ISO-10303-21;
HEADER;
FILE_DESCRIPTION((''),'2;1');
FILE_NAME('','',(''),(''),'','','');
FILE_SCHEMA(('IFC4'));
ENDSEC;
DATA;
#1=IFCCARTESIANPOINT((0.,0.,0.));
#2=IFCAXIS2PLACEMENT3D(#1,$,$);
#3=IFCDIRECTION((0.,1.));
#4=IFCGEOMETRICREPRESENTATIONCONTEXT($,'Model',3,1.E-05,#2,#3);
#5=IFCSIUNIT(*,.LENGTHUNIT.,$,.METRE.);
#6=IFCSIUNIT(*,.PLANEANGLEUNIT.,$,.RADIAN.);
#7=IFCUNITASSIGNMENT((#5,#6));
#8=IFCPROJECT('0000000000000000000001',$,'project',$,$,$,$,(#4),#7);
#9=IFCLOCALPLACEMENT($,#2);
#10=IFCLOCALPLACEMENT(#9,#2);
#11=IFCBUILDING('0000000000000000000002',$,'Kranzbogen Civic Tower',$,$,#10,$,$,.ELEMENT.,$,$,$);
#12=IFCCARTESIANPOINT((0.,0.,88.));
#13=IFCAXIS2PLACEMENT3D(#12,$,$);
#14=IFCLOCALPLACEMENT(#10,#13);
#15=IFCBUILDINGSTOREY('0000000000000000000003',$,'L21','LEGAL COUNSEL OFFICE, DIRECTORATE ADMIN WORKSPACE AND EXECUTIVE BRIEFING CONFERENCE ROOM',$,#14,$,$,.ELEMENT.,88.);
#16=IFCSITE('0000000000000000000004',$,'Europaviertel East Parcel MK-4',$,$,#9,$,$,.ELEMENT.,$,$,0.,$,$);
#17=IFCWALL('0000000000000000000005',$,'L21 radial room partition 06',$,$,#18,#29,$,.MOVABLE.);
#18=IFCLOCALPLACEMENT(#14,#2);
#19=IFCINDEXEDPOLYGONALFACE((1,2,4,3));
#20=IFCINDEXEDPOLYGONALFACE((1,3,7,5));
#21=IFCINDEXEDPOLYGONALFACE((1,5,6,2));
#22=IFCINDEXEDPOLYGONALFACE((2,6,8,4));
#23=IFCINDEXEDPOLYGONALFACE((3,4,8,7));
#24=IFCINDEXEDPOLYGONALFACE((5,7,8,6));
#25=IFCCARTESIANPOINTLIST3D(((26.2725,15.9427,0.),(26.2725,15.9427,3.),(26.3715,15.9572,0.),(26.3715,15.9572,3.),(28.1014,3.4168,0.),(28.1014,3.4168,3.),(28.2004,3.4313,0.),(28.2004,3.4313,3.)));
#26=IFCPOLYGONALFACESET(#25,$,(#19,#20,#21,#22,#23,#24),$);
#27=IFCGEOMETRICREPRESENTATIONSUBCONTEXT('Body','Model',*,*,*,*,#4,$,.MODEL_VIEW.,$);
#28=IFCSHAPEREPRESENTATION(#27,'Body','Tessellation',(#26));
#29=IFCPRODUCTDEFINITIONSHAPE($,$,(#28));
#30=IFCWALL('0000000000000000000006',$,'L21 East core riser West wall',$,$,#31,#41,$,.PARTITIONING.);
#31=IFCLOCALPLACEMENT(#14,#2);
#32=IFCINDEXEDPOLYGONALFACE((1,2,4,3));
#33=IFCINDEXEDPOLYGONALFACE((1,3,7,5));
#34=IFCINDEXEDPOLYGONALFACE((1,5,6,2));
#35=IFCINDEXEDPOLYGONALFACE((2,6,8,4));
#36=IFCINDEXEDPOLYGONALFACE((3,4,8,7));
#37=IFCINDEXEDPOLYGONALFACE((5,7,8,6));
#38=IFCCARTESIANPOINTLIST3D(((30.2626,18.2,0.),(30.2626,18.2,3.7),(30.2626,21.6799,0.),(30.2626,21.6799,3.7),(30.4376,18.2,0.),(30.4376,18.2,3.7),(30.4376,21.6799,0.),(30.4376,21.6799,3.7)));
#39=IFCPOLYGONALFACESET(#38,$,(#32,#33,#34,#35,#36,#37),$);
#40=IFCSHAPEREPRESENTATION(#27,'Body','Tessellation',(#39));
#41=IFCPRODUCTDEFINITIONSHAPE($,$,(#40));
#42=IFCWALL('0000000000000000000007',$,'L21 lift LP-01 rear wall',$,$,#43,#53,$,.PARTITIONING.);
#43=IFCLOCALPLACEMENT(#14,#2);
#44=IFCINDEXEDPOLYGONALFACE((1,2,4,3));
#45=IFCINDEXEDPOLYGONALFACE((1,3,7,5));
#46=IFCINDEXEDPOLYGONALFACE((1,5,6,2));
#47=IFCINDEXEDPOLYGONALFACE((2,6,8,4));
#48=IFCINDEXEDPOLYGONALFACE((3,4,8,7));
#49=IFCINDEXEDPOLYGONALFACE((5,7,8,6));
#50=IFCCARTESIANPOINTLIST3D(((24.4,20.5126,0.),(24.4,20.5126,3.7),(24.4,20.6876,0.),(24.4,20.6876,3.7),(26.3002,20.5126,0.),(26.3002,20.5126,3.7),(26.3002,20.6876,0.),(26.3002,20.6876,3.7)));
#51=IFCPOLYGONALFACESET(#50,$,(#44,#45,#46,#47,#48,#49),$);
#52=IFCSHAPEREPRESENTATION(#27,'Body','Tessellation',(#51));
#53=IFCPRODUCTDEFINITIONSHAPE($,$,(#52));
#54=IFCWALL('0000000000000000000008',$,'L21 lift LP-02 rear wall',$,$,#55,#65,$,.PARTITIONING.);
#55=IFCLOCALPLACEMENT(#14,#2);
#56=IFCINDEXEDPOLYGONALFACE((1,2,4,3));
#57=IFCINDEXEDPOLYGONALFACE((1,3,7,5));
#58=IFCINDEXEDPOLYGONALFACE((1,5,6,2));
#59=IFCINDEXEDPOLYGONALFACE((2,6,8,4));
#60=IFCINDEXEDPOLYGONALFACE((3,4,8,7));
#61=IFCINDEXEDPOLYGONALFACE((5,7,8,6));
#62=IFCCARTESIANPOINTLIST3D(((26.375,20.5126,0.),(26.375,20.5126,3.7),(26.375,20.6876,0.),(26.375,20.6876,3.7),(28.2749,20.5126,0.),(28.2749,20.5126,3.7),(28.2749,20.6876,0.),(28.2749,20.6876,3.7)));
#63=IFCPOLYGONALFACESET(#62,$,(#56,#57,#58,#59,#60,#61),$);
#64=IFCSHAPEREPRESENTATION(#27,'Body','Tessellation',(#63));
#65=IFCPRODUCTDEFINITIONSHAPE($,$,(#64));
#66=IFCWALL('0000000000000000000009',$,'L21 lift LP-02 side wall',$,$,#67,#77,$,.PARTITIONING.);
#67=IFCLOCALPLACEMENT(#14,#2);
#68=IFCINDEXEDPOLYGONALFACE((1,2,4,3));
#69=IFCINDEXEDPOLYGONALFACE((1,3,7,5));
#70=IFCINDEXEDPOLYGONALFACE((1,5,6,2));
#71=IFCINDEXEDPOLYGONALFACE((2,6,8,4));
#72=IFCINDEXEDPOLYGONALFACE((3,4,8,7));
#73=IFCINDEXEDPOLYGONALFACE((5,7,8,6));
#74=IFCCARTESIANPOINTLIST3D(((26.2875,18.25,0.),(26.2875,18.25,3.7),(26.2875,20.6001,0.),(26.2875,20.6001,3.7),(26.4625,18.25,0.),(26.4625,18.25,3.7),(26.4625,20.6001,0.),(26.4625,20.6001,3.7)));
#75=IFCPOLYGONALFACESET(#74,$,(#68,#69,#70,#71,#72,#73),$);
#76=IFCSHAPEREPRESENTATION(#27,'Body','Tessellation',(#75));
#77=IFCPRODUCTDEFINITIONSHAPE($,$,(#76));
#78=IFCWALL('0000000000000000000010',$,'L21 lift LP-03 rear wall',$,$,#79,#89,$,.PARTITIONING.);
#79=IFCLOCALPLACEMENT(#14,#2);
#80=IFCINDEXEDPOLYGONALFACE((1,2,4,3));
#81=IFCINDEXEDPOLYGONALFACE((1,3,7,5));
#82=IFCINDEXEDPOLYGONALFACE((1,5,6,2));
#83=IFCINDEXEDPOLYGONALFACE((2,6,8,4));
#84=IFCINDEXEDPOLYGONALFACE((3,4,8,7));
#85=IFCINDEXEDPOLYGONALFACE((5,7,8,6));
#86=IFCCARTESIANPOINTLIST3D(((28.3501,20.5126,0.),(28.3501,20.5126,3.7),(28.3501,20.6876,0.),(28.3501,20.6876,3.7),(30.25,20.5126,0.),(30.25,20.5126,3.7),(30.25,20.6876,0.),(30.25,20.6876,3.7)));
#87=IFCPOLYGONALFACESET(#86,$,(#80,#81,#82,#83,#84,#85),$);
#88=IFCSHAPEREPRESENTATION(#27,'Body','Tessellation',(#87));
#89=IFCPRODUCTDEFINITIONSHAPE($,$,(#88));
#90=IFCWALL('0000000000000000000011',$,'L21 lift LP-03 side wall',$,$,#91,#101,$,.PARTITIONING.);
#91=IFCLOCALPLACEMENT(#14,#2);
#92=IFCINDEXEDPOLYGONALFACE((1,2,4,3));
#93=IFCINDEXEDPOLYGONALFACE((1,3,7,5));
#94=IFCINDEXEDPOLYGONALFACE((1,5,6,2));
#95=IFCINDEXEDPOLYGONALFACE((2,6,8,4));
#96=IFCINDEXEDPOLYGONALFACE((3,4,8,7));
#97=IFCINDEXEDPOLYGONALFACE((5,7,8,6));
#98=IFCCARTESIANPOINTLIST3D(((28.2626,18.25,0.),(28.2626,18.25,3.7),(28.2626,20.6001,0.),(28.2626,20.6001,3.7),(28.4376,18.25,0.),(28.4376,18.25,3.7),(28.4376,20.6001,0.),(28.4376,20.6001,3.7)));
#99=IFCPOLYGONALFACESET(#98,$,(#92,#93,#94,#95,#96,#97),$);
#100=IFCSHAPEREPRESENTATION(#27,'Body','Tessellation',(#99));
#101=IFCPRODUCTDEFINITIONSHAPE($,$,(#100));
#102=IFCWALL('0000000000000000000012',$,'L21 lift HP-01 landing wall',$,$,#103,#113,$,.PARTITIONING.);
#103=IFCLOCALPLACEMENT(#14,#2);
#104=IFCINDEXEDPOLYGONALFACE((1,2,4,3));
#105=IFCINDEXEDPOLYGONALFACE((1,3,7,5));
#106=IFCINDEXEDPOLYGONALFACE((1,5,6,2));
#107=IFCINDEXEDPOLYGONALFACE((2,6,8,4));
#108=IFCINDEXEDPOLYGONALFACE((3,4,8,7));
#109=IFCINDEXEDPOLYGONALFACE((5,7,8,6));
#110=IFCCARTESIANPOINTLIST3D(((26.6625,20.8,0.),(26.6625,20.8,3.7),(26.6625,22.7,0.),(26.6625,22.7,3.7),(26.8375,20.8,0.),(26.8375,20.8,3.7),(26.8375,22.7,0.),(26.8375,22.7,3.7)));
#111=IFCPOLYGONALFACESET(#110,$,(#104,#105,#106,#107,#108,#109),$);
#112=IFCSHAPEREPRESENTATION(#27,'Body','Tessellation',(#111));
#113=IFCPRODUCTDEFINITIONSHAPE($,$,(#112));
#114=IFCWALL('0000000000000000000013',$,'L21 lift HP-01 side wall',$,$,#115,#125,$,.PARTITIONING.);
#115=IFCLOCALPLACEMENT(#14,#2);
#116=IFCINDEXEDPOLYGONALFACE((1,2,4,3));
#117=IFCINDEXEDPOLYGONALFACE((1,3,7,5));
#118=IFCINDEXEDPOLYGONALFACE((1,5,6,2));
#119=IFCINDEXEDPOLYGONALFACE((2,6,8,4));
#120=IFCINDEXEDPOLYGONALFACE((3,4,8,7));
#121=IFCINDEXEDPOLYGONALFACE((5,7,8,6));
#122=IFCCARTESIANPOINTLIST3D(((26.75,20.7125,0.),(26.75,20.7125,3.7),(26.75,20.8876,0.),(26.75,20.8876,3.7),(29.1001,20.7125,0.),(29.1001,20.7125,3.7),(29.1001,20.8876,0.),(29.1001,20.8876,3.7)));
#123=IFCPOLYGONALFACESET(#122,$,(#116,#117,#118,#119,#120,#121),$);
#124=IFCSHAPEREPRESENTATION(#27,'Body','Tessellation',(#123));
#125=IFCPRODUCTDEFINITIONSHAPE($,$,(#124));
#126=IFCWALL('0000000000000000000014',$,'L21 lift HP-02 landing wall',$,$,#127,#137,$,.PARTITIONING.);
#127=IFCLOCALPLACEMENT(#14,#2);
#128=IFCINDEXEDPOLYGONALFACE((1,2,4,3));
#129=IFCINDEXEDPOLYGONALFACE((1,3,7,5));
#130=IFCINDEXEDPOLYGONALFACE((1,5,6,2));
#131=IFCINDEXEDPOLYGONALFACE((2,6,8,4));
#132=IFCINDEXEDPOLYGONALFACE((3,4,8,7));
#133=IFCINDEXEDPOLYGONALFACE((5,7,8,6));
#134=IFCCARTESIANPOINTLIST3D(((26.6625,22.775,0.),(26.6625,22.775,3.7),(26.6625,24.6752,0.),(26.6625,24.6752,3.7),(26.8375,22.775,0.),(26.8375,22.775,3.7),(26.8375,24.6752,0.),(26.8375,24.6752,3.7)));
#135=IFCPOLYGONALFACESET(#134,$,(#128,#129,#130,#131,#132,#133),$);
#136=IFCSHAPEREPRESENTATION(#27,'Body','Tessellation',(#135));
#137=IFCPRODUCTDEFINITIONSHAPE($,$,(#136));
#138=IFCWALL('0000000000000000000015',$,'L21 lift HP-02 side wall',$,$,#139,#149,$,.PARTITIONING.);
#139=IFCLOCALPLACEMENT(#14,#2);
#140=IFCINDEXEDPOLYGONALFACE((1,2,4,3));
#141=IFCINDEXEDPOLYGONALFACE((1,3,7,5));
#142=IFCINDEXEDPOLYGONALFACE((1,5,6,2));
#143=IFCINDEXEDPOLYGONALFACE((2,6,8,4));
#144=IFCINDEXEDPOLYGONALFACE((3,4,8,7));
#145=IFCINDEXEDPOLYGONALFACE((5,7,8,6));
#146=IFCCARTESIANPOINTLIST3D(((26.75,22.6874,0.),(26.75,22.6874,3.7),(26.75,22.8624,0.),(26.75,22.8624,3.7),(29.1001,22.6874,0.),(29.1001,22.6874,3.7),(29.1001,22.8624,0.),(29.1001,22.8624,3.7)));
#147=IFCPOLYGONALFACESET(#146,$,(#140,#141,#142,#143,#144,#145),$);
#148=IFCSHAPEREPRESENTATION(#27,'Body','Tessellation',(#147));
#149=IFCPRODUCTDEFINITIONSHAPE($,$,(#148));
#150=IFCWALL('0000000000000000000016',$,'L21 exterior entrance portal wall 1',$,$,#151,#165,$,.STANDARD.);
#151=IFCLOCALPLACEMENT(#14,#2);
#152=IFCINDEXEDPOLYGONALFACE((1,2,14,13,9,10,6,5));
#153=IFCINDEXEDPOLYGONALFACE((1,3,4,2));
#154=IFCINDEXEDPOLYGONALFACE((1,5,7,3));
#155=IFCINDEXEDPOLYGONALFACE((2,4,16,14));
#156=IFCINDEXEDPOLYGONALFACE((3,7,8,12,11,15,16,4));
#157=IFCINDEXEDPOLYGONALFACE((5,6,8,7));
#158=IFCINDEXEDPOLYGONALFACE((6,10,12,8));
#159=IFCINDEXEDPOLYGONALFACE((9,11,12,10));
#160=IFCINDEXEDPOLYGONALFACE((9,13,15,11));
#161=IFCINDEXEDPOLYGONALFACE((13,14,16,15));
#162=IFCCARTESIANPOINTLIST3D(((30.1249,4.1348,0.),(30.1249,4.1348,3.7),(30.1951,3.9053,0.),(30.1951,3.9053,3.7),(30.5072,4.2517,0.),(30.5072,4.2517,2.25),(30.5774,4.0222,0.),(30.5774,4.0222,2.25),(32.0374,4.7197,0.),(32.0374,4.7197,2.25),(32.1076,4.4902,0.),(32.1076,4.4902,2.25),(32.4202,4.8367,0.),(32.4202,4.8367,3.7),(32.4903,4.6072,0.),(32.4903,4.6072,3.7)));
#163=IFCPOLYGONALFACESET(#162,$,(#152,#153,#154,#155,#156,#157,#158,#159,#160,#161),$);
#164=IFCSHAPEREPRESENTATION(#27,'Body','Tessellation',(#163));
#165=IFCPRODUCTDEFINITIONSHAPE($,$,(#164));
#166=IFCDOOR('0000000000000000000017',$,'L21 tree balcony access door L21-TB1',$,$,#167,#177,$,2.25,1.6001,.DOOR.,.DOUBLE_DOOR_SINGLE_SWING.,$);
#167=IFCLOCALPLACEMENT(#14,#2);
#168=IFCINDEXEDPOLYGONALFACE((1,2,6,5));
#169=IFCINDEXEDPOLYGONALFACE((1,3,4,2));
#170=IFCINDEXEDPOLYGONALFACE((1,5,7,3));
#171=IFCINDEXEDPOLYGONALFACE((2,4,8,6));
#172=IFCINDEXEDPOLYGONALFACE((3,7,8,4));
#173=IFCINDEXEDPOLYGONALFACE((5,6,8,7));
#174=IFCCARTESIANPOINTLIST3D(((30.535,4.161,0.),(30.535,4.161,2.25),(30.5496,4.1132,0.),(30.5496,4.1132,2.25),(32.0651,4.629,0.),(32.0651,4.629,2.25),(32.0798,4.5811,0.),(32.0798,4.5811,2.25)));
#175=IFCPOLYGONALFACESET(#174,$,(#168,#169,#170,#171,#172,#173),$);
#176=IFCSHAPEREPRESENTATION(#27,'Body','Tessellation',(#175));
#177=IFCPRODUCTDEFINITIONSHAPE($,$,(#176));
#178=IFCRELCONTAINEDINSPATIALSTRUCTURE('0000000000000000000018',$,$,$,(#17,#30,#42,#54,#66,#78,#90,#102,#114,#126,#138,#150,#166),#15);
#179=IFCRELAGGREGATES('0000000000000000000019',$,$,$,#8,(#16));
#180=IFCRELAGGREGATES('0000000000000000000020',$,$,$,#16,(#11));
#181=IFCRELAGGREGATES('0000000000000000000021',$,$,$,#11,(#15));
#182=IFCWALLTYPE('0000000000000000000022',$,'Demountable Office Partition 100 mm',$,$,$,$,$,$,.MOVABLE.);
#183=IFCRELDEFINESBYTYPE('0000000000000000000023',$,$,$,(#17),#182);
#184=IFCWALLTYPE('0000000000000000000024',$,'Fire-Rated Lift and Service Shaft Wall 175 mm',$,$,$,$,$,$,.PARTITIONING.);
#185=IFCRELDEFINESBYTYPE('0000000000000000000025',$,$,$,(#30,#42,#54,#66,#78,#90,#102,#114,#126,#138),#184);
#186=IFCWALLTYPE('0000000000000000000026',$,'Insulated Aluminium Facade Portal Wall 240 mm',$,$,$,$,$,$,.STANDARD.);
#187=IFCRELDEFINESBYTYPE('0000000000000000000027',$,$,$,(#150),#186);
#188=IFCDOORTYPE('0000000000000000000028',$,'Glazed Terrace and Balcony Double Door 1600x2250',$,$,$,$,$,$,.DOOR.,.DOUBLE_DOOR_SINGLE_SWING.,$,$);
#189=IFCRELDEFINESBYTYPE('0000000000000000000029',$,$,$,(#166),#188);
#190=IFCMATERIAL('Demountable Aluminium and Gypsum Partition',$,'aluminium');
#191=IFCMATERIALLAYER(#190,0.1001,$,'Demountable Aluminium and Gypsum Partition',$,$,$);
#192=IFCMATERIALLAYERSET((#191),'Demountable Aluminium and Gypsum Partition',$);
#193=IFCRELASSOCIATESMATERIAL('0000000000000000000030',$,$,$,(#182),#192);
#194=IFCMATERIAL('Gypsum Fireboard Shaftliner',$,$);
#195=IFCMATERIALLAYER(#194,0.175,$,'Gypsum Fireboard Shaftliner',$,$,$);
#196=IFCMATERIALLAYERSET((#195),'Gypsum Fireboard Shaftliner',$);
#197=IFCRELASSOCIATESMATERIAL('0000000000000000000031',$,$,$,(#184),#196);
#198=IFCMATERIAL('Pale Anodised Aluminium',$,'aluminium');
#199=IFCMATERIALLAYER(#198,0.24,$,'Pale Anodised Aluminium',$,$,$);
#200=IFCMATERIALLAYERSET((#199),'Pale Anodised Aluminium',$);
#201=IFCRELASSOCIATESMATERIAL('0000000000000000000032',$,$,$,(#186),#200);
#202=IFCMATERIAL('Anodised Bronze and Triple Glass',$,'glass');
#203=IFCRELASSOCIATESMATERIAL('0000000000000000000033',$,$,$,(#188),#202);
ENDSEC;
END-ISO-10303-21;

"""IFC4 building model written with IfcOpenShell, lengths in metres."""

from ifc_helpers import new_model, si_unit, direction, frame, frame_2d, origin, place, context, subcontext, project, spatial, rectangle, extrude, material, layer, layer_set, type_object, element, fill, save


model = new_model("IFC4")

# Units and contexts
model_context = context("Model", 3, precision=1e-05, world=origin(), true_north=direction((0.0, 1.0)))
body_context = subcontext(model_context, "Body", "Model", "MODEL_VIEW")
ifc_project = project(units=[si_unit("LENGTHUNIT", "METRE"), si_unit("PLANEANGLEUNIT", "RADIAN")], contexts=[model_context])

# Site, building, storey
site_placement = place(None, origin())
site = spatial("IfcSite", under=ifc_project, at=site_placement, Name="Europaviertel East Parcel MK-4", CompositionType="ELEMENT", RefElevation=0.0)
building_placement = place(site_placement, origin())
building = spatial("IfcBuilding", under=site, at=building_placement, Name="Kranzbogen Civic Tower", CompositionType="ELEMENT")
storey_placement = place(building_placement, frame((0.0, 0.0, 88.0)))
storey = spatial("IfcBuildingStorey", under=building, at=storey_placement, Name="L21", Description="LEGAL COUNSEL OFFICE, DIRECTORATE ADMIN WORKSPACE AND EXECUTIVE BRIEFING CONFERENCE ROOM", CompositionType="ELEMENT", Elevation=88.0)

# Shared definitions
ifc_material_1 = material(Name="Pale Anodised Aluminium", Category="aluminium")

# Walls
ifc_material_2 = material(Name="Demountable Aluminium and Gypsum Partition", Category="aluminium")
ifc_layer_1 = layer(ifc_material_2, 0.1001, Name="Demountable Aluminium and Gypsum Partition")
ifc_layer_set_1 = layer_set([ifc_layer_1], Name="Demountable Aluminium and Gypsum Partition")
wall_type_1 = type_object("IfcWallType", Name="Demountable Office Partition 100 mm", PredefinedType="MOVABLE", material=ifc_layer_set_1)
wall_1_placement = place(storey_placement, frame((26.322, 15.95, 0.0), z_axis=(0.0, 0.0, 1.0), x_axis=(0.144474, -0.989509, 0.0)))
element("IfcWall", 1, at=wall_1_placement, inside=storey, type_object=wall_type_1, Name="L21 radial room partition 06", PredefinedType="MOVABLE", context=body_context, shape_type="SweptSolid", body=[
    extrude(rectangle(XDim=12.6587, YDim=0.1001, at=frame_2d((6.3293, 0.0))), origin(), (0.0, 0.0, 1.0), 3.0),
])
ifc_material_3 = material(Name="Gypsum Fireboard Shaftliner")
ifc_layer_2 = layer(ifc_material_3, 0.175, Name="Gypsum Fireboard Shaftliner")
ifc_layer_set_2 = layer_set([ifc_layer_2], Name="Gypsum Fireboard Shaftliner")
wall_type_2 = type_object("IfcWallType", Name="Fire-Rated Lift and Service Shaft Wall 175 mm", PredefinedType="PARTITIONING", material=ifc_layer_set_2)
wall_2_placement = place(storey_placement, frame((30.3501, 18.2, 0.0), z_axis=(0.0, 0.0, 1.0), x_axis=(0.0, 1.0, 0.0)))
element("IfcWall", 2, at=wall_2_placement, inside=storey, type_object=wall_type_2, Name="L21 East core riser West wall", PredefinedType="PARTITIONING", context=body_context, shape_type="SweptSolid", body=[
    extrude(rectangle(XDim=3.48, YDim=0.175, at=frame_2d((1.74, 0.0))), origin(), (0.0, 0.0, 1.0), 3.7),
])
wall_3_placement = place(storey_placement, frame((24.3999, 20.6001, 0.0), z_axis=(0.0, 0.0, 1.0), x_axis=(1.0, 0.0, 0.0)))
element("IfcWall", 3, at=wall_3_placement, inside=storey, type_object=wall_type_2, Name="L21 lift LP-01 rear wall", PredefinedType="PARTITIONING", context=body_context, shape_type="SweptSolid", body=[
    extrude(rectangle(XDim=1.9001, YDim=0.175, at=frame_2d((0.9502, 0.0))), origin(), (0.0, 0.0, 1.0), 3.7),
])
wall_4_placement = place(storey_placement, frame((26.375, 20.6001, 0.0), z_axis=(0.0, 0.0, 1.0), x_axis=(1.0, 0.0, 0.0)))
element("IfcWall", 4, at=wall_4_placement, inside=storey, type_object=wall_type_2, Name="L21 lift LP-02 rear wall", PredefinedType="PARTITIONING", context=body_context, shape_type="SweptSolid", body=[
    extrude(rectangle(XDim=1.8999, YDim=0.175, at=frame_2d((0.95, 0.0))), origin(), (0.0, 0.0, 1.0), 3.7),
])
wall_5_placement = place(storey_placement, frame((26.375, 18.25, 0.0), z_axis=(0.0, 0.0, 1.0), x_axis=(0.0, 1.0, 0.0)))
element("IfcWall", 5, at=wall_5_placement, inside=storey, type_object=wall_type_2, Name="L21 lift LP-02 side wall", PredefinedType="PARTITIONING", context=body_context, shape_type="SweptSolid", body=[
    extrude(rectangle(XDim=2.3501, YDim=0.175, at=frame_2d((1.175, 0.0))), origin(), (0.0, 0.0, 1.0), 3.7),
])
wall_6_placement = place(storey_placement, frame((28.3501, 20.6001, 0.0), z_axis=(0.0, 0.0, 1.0), x_axis=(1.0, 0.0, 0.0)))
element("IfcWall", 6, at=wall_6_placement, inside=storey, type_object=wall_type_2, Name="L21 lift LP-03 rear wall", PredefinedType="PARTITIONING", context=body_context, shape_type="SweptSolid", body=[
    extrude(rectangle(XDim=1.8999, YDim=0.175, at=frame_2d((0.95, 0.0))), origin(), (0.0, 0.0, 1.0), 3.7),
])
wall_7_placement = place(storey_placement, frame((28.3501, 18.25, 0.0), z_axis=(0.0, 0.0, 1.0), x_axis=(0.0, 1.0, 0.0)))
element("IfcWall", 7, at=wall_7_placement, inside=storey, type_object=wall_type_2, Name="L21 lift LP-03 side wall", PredefinedType="PARTITIONING", context=body_context, shape_type="SweptSolid", body=[
    extrude(rectangle(XDim=2.3501, YDim=0.175, at=frame_2d((1.175, 0.0))), origin(), (0.0, 0.0, 1.0), 3.7),
])
wall_8_placement = place(storey_placement, frame((26.75, 20.8, 0.0), z_axis=(0.0, 0.0, 1.0), x_axis=(0.0, 1.0, 0.0)))
element("IfcWall", 8, at=wall_8_placement, inside=storey, type_object=wall_type_2, Name="L21 lift HP-01 landing wall", PredefinedType="PARTITIONING", context=body_context, shape_type="SweptSolid", body=[
    extrude(rectangle(XDim=1.8999, YDim=0.175, at=frame_2d((0.95, 0.0))), origin(), (0.0, 0.0, 1.0), 3.7),
])
wall_9_placement = place(storey_placement, frame((26.75, 20.8, 0.0), z_axis=(0.0, 0.0, 1.0), x_axis=(1.0, 0.0, 0.0)))
element("IfcWall", 9, at=wall_9_placement, inside=storey, type_object=wall_type_2, Name="L21 lift HP-01 side wall", PredefinedType="PARTITIONING", context=body_context, shape_type="SweptSolid", body=[
    extrude(rectangle(XDim=2.3501, YDim=0.175, at=frame_2d((1.175, 0.0))), origin(), (0.0, 0.0, 1.0), 3.7),
])
wall_10_placement = place(storey_placement, frame((26.75, 22.7749, 0.0), z_axis=(0.0, 0.0, 1.0), x_axis=(0.0, 1.0, 0.0)))
element("IfcWall", 10, at=wall_10_placement, inside=storey, type_object=wall_type_2, Name="L21 lift HP-02 landing wall", PredefinedType="PARTITIONING", context=body_context, shape_type="SweptSolid", body=[
    extrude(rectangle(XDim=1.9001, YDim=0.175, at=frame_2d((0.9502, 0.0))), origin(), (0.0, 0.0, 1.0), 3.7),
])
wall_11_placement = place(storey_placement, frame((26.75, 22.7749, 0.0), z_axis=(0.0, 0.0, 1.0), x_axis=(1.0, 0.0, 0.0)))
element("IfcWall", 11, at=wall_11_placement, inside=storey, type_object=wall_type_2, Name="L21 lift HP-02 side wall", PredefinedType="PARTITIONING", context=body_context, shape_type="SweptSolid", body=[
    extrude(rectangle(XDim=2.3501, YDim=0.175, at=frame_2d((1.175, 0.0))), origin(), (0.0, 0.0, 1.0), 3.7),
])

# Wall, opening, door
ifc_layer_3 = layer(ifc_material_1, 0.24, Name="Pale Anodised Aluminium")
ifc_layer_set_3 = layer_set([ifc_layer_3], Name="Pale Anodised Aluminium")
wall_type_3 = type_object("IfcWallType", Name="Insulated Aluminium Facade Portal Wall 240 mm", PredefinedType="STANDARD", material=ifc_layer_set_3)
wall_12_placement = place(storey_placement, frame((30.1599, 4.02, 0.0), z_axis=(0.0, 0.0, 1.0), x_axis=(0.956281, 0.292449, 0.0)))
wall_12 = element("IfcWall", 12, at=wall_12_placement, inside=storey, type_object=wall_type_3, Name="L21 exterior entrance portal wall 1", PredefinedType="STANDARD", context=body_context, shape_type="SweptSolid", body=[
    extrude(rectangle(XDim=2.4001, YDim=0.24, at=frame_2d((1.2002, 0.0))), origin(), (0.0, 0.0, 1.0), 3.7),
])
opening_1_placement = place(wall_12_placement, frame((0.3999, 0.0, 0.0)))
opening_1 = element("IfcOpeningElement", 13, at=opening_1_placement, cuts=wall_12, PredefinedType="OPENING", context=body_context, shape_type="SweptSolid", body=[
    extrude(rectangle(XDim=1.6001, YDim=2.25, at=frame_2d((0.8, 1.125))), frame((0.0, 0.1299, 0.0), z_axis=(0.0, -1.0, 0.0), x_axis=(1.0, 0.0, 0.0)), (0.0, 0.0, 1.0), 0.26),
])
ifc_material_4 = material(Name="Anodised Bronze and Triple Glass", Category="glass")
door_type_1 = type_object("IfcDoorType", Name="Glazed Terrace and Balcony Double Door 1600x2250", OperationType="DOUBLE_DOOR_SINGLE_SWING", PredefinedType="DOOR", material=ifc_material_4)
door_1_placement = place(opening_1_placement, frame((1.6001, 0.0, 0.0), z_axis=(0.0, 0.0, 1.0), x_axis=(-1.0, 0.0, 0.0)))
door_1 = element("IfcDoor", 14, at=door_1_placement, inside=storey, type_object=door_type_1, Name="L21 tree balcony access door L21-TB1", OperationType="DOUBLE_DOOR_SINGLE_SWING", OverallHeight=2.25, OverallWidth=1.6001, PredefinedType="DOOR", context=body_context, shape_type="SweptSolid", body=[
    extrude(rectangle(XDim=1.6001, YDim=2.25, at=frame_2d((0.8, 1.125))), frame((0.0, 0.0249, 0.0), z_axis=(0.0, -1.0, 0.0), x_axis=(1.0, 0.0, 0.0)), (0.0, 0.0, 1.0), 0.05),
])
fill(opening_1, door_1)

save(model, "model.ifc")
